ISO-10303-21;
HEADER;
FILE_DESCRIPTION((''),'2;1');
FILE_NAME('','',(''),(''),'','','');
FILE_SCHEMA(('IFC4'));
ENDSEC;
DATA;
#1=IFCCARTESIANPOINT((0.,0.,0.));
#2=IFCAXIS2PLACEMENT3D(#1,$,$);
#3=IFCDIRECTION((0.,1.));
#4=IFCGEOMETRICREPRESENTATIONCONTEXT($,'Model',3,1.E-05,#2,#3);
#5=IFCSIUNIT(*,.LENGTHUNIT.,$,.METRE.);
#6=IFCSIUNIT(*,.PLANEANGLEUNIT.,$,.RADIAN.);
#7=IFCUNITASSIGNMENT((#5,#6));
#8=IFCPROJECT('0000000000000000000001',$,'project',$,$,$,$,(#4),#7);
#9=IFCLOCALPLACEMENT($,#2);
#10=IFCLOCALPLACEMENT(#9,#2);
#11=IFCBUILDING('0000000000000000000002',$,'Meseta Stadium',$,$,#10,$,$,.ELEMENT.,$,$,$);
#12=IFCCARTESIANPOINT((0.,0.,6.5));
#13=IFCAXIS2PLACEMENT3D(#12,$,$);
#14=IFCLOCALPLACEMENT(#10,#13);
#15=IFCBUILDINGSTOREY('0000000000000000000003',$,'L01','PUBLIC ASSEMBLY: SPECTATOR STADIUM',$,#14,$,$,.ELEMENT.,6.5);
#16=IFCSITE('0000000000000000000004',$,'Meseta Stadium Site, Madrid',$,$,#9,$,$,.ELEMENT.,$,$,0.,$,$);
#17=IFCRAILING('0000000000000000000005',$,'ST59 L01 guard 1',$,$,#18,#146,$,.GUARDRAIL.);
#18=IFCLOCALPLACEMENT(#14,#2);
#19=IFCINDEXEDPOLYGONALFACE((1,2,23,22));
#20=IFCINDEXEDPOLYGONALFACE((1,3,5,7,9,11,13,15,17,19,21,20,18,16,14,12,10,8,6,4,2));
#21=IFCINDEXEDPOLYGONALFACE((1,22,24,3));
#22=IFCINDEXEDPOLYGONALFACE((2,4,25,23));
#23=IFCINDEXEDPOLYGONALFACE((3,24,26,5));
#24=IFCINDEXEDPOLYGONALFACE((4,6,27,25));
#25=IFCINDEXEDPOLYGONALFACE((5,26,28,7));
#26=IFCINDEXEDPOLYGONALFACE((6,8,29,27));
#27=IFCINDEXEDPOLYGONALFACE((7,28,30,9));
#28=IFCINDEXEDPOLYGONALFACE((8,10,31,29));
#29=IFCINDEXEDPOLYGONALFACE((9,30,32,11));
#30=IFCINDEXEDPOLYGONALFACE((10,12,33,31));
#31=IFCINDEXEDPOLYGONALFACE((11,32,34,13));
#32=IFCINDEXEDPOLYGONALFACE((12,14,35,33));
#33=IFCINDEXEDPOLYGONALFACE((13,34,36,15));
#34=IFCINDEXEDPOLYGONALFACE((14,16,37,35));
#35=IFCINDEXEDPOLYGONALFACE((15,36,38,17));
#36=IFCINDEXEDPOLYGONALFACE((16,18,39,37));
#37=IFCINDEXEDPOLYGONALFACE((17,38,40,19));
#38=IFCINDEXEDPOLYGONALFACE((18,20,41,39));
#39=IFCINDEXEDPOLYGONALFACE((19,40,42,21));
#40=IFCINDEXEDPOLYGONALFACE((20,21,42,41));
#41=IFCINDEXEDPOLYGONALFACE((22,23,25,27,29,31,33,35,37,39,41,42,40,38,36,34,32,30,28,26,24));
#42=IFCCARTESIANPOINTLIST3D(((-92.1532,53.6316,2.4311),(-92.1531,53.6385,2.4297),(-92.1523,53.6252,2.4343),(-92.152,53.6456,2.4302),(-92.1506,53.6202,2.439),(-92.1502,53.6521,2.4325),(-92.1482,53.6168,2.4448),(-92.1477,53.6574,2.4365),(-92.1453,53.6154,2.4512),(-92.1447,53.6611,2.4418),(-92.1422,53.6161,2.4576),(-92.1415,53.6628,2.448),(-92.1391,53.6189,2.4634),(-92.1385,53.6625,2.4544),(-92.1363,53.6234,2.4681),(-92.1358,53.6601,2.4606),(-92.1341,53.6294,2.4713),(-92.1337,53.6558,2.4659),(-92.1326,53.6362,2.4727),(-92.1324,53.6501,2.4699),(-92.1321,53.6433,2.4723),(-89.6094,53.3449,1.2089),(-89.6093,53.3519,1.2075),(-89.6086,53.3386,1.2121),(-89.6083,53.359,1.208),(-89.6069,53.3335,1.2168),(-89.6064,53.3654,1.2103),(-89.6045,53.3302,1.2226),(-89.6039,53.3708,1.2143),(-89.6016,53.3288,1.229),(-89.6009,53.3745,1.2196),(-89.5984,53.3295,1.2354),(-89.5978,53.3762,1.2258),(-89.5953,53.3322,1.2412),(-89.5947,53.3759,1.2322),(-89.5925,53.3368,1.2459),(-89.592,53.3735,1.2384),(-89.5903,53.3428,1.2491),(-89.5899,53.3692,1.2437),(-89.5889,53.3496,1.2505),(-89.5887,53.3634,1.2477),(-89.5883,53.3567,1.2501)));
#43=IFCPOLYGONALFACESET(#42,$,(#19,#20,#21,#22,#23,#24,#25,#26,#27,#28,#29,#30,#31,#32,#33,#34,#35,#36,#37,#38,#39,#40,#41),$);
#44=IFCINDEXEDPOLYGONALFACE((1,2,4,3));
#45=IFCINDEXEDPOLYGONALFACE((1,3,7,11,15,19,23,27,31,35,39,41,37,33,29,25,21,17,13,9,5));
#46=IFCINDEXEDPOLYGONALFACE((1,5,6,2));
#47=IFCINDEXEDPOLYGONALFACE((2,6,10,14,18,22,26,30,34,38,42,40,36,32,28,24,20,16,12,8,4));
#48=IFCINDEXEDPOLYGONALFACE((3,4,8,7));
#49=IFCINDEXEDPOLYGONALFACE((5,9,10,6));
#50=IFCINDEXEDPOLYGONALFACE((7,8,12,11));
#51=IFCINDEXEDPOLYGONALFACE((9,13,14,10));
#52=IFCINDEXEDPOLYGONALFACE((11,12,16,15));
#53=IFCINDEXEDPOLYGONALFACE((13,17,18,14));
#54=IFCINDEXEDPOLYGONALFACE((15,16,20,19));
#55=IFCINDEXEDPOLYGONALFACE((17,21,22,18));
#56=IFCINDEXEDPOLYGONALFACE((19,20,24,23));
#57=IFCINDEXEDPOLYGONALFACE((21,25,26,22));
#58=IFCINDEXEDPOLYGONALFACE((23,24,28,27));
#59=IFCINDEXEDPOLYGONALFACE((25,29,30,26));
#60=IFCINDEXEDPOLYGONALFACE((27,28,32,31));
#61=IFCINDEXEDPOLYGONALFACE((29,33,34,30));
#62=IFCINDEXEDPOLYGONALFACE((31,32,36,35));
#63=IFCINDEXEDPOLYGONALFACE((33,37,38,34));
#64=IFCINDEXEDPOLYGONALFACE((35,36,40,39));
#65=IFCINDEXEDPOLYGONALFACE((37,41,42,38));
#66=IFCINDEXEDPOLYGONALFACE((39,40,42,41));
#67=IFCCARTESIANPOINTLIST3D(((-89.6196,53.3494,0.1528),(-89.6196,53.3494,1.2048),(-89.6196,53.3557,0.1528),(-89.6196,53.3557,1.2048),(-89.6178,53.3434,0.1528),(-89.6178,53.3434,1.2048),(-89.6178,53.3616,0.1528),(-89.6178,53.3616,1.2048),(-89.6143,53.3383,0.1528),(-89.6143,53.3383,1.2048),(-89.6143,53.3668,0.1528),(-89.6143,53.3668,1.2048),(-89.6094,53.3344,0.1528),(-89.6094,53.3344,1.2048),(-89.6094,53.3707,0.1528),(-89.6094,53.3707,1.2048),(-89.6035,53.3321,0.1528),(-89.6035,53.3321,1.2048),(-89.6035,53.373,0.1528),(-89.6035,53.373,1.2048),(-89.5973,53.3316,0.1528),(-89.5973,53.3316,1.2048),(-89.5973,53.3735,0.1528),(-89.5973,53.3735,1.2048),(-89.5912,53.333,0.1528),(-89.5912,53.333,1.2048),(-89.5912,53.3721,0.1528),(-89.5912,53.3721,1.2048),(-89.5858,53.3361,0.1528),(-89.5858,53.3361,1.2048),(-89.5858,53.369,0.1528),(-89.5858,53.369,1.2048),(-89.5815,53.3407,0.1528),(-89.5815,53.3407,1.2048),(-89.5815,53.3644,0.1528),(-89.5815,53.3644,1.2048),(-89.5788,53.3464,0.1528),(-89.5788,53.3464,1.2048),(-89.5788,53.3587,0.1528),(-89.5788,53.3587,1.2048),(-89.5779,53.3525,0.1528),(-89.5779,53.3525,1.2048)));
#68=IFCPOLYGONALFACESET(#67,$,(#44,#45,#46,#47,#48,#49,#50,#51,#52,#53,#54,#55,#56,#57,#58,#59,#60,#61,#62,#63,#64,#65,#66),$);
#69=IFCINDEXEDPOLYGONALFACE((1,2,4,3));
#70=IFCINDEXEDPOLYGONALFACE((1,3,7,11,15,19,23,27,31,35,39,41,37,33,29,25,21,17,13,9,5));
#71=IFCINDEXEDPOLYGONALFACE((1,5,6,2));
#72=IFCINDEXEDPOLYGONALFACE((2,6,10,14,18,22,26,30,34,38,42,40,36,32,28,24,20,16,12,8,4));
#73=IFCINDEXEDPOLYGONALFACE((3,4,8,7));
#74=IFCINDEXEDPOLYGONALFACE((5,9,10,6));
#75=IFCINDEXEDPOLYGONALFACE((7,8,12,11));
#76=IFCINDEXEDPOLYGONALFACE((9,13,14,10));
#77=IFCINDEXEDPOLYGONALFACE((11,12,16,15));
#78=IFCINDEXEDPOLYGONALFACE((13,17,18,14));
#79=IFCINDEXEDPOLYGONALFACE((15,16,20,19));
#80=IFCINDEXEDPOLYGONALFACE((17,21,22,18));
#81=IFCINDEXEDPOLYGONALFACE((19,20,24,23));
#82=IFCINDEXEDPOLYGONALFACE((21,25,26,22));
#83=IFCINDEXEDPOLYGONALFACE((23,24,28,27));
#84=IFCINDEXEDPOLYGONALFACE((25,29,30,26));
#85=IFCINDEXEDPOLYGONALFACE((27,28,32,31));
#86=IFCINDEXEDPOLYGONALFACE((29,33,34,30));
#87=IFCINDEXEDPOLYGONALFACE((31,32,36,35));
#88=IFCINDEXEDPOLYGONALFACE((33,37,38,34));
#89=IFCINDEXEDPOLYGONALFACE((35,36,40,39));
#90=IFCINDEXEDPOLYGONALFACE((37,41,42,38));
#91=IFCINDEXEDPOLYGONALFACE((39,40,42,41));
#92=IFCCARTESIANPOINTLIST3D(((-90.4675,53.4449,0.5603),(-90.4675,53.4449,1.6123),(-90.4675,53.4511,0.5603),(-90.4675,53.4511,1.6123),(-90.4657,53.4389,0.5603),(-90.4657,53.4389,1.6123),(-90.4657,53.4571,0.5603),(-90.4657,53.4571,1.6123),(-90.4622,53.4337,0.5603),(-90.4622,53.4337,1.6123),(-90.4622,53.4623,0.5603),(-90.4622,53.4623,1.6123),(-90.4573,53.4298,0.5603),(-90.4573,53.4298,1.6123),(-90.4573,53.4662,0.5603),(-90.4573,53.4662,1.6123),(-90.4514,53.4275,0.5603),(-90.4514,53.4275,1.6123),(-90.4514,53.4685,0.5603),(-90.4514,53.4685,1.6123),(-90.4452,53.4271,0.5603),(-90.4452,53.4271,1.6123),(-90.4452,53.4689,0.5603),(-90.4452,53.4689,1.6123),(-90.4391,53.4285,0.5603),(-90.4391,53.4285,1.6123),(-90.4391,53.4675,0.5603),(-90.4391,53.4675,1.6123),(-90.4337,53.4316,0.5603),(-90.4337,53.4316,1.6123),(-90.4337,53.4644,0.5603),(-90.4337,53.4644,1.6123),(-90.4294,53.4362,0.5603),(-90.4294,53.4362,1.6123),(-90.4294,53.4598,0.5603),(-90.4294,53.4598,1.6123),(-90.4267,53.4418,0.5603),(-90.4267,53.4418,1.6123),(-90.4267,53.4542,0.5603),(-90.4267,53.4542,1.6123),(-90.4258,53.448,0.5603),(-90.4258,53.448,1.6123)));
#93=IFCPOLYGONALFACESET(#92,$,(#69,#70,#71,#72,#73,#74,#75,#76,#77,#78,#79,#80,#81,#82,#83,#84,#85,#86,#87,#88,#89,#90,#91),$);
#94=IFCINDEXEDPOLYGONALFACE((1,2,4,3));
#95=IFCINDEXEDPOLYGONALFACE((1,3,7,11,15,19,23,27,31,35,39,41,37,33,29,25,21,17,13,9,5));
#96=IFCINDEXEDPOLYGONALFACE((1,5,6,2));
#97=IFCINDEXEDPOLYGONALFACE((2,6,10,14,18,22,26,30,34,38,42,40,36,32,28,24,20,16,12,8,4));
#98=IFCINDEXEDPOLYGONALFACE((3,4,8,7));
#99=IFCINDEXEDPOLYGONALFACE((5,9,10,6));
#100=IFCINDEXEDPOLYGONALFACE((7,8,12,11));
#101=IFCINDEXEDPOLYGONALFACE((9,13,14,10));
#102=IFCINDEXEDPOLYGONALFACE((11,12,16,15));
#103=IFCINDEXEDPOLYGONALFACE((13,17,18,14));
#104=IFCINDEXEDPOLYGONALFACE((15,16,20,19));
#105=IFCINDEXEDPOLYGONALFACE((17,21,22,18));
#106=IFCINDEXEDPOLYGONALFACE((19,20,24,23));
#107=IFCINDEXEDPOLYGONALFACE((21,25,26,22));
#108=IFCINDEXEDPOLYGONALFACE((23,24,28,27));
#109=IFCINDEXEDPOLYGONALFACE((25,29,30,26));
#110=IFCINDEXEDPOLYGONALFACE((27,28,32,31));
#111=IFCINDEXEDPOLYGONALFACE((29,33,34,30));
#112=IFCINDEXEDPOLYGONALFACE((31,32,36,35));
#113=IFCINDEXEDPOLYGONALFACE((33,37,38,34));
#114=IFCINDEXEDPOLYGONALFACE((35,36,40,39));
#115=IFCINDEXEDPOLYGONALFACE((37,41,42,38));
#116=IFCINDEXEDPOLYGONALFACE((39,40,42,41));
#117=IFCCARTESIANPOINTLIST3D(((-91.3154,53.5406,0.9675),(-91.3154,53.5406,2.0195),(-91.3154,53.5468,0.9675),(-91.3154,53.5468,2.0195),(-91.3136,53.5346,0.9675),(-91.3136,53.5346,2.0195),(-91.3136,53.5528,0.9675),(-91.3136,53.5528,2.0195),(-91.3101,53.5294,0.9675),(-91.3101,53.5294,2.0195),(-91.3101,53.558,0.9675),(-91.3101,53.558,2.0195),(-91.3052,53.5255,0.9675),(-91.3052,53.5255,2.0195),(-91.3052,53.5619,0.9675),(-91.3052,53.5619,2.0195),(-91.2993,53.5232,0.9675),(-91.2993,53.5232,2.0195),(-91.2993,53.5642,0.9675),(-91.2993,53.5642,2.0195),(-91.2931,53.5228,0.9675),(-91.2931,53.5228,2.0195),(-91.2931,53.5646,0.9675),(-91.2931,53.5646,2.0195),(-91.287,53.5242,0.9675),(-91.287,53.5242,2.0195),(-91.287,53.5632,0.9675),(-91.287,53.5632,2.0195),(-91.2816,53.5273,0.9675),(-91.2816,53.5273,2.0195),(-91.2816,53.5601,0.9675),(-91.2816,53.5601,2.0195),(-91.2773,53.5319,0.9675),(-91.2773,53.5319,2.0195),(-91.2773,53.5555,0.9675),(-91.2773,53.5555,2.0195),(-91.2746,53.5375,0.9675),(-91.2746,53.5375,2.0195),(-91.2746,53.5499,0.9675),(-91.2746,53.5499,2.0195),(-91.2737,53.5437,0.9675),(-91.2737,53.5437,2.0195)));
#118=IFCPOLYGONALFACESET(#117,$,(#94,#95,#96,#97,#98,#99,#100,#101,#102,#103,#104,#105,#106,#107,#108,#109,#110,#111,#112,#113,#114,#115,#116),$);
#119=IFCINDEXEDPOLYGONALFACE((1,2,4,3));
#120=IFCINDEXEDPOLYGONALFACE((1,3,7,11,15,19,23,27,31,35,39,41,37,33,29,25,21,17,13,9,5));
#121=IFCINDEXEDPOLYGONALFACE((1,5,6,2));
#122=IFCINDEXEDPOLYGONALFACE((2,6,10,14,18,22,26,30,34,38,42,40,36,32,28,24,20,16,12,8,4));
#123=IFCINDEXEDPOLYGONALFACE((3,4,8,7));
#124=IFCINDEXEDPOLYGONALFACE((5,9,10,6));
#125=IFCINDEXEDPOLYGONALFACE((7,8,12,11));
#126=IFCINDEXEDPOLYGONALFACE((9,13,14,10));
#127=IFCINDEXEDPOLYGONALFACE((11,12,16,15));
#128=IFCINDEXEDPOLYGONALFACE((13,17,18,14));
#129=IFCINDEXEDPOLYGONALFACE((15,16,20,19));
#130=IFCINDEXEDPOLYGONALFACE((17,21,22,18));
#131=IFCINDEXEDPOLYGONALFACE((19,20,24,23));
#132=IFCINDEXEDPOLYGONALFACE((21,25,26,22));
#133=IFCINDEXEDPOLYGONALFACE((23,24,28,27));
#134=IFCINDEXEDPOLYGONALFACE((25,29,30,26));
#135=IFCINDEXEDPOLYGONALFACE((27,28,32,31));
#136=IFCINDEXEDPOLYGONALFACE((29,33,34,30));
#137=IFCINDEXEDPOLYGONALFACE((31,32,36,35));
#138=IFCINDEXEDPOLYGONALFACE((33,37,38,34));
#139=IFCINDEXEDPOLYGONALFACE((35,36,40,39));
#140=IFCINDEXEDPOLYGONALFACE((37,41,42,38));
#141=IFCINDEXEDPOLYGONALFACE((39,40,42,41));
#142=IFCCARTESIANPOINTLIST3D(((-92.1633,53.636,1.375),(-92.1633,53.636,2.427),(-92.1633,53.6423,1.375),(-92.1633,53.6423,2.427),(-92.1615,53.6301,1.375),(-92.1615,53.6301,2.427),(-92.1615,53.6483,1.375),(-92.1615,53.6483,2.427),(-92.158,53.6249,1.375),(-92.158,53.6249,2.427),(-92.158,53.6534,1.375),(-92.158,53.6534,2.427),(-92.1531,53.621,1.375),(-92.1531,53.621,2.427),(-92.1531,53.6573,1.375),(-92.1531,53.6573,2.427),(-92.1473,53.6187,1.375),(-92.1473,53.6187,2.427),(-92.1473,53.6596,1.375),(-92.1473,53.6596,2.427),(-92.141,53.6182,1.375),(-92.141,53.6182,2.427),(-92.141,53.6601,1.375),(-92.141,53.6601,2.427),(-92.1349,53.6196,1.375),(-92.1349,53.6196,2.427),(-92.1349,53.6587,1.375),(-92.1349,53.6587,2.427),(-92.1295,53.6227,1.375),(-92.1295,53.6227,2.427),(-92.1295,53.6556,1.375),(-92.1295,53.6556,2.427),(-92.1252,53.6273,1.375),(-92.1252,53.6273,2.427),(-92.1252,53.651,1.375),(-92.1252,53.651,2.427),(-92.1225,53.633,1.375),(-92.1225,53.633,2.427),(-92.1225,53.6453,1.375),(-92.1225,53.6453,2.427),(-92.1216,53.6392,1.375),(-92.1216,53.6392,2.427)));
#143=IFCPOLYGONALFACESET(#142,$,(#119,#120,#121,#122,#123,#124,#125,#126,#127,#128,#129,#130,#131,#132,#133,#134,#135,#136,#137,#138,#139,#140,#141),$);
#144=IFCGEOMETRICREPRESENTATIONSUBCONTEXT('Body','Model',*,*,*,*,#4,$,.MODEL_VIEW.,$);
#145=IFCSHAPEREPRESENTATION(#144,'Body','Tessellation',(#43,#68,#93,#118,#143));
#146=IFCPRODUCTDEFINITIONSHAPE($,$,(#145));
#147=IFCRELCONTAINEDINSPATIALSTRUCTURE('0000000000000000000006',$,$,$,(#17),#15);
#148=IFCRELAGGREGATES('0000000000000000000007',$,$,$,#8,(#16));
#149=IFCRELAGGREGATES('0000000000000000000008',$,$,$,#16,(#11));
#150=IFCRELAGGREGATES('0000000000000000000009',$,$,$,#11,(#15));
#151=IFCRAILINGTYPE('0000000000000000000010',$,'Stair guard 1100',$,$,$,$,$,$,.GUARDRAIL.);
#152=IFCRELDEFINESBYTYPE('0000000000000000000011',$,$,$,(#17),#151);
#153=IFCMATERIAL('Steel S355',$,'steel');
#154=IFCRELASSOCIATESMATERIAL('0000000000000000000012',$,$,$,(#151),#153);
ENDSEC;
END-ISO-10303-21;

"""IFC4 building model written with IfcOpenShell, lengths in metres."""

from ifc_helpers import new_model, si_unit, direction, frame, origin, origin_2d, place, context, subcontext, project, spatial, circle, extrude, material, type_object, element, save


model = new_model("IFC4")

# Units and contexts
model_context = context("Model", 3, precision=1e-05, world=origin(), true_north=direction((0.0, 1.0)))
body_context = subcontext(model_context, "Body", "Model", "MODEL_VIEW")
ifc_project = project(units=[si_unit("LENGTHUNIT", "METRE"), si_unit("PLANEANGLEUNIT", "RADIAN")], contexts=[model_context])

# Site, building, storey
site_placement = place(None, origin())
site = spatial("IfcSite", under=ifc_project, at=site_placement, Name="Meseta Stadium Site, Madrid", CompositionType="ELEMENT", RefElevation=0.0)
building_placement = place(site_placement, origin())
building = spatial("IfcBuilding", under=site, at=building_placement, Name="Meseta Stadium", CompositionType="ELEMENT")
storey_placement = place(building_placement, frame((0.0, 0.0, 6.5)))
storey = spatial("IfcBuildingStorey", under=building, at=storey_placement, Name="L01", Description="PUBLIC ASSEMBLY: SPECTATOR STADIUM", CompositionType="ELEMENT", Elevation=6.5)

# Railing
ifc_material_1 = material(Name="Steel S355", Category="steel")
railing_type_1 = type_object("IfcRailingType", Name="Stair guard 1100", PredefinedType="GUARDRAIL", material=ifc_material_1)
railing_1_placement = place(storey_placement, frame((-89.5989, 53.3525, 0.1528)))
element("IfcRailing", 1, at=railing_1_placement, inside=storey, type_object=railing_type_1, Name="ST59 L01 guard 1", PredefinedType="GUARDRAIL", context=body_context, shape_type="SweptSolid", body=[
    extrude(circle(Radius=0.0239, at=origin_2d()), frame((0.0, 0.0, 1.0762), z_axis=(-0.896745, 0.101044, 0.430858), x_axis=(-0.11197, -0.993712, 0.0)), (0.0, 0.0, 1.0), 2.8367),
    extrude(circle(Radius=0.021, at=origin_2d()), origin(), (0.0, 0.0, 1.0), 1.052),
    extrude(circle(Radius=0.021, at=origin_2d()), frame((-0.8479, 0.0955, 0.4075)), (0.0, 0.0, 1.0), 1.052),
    extrude(circle(Radius=0.021, at=origin_2d()), frame((-1.6958, 0.1912, 0.8147)), (0.0, 0.0, 1.0), 1.052),
    extrude(circle(Radius=0.021, at=origin_2d()), frame((-2.5437, 0.2866, 1.2222)), (0.0, 0.0, 1.0), 1.052),
])

save(model, "model.ifc")
